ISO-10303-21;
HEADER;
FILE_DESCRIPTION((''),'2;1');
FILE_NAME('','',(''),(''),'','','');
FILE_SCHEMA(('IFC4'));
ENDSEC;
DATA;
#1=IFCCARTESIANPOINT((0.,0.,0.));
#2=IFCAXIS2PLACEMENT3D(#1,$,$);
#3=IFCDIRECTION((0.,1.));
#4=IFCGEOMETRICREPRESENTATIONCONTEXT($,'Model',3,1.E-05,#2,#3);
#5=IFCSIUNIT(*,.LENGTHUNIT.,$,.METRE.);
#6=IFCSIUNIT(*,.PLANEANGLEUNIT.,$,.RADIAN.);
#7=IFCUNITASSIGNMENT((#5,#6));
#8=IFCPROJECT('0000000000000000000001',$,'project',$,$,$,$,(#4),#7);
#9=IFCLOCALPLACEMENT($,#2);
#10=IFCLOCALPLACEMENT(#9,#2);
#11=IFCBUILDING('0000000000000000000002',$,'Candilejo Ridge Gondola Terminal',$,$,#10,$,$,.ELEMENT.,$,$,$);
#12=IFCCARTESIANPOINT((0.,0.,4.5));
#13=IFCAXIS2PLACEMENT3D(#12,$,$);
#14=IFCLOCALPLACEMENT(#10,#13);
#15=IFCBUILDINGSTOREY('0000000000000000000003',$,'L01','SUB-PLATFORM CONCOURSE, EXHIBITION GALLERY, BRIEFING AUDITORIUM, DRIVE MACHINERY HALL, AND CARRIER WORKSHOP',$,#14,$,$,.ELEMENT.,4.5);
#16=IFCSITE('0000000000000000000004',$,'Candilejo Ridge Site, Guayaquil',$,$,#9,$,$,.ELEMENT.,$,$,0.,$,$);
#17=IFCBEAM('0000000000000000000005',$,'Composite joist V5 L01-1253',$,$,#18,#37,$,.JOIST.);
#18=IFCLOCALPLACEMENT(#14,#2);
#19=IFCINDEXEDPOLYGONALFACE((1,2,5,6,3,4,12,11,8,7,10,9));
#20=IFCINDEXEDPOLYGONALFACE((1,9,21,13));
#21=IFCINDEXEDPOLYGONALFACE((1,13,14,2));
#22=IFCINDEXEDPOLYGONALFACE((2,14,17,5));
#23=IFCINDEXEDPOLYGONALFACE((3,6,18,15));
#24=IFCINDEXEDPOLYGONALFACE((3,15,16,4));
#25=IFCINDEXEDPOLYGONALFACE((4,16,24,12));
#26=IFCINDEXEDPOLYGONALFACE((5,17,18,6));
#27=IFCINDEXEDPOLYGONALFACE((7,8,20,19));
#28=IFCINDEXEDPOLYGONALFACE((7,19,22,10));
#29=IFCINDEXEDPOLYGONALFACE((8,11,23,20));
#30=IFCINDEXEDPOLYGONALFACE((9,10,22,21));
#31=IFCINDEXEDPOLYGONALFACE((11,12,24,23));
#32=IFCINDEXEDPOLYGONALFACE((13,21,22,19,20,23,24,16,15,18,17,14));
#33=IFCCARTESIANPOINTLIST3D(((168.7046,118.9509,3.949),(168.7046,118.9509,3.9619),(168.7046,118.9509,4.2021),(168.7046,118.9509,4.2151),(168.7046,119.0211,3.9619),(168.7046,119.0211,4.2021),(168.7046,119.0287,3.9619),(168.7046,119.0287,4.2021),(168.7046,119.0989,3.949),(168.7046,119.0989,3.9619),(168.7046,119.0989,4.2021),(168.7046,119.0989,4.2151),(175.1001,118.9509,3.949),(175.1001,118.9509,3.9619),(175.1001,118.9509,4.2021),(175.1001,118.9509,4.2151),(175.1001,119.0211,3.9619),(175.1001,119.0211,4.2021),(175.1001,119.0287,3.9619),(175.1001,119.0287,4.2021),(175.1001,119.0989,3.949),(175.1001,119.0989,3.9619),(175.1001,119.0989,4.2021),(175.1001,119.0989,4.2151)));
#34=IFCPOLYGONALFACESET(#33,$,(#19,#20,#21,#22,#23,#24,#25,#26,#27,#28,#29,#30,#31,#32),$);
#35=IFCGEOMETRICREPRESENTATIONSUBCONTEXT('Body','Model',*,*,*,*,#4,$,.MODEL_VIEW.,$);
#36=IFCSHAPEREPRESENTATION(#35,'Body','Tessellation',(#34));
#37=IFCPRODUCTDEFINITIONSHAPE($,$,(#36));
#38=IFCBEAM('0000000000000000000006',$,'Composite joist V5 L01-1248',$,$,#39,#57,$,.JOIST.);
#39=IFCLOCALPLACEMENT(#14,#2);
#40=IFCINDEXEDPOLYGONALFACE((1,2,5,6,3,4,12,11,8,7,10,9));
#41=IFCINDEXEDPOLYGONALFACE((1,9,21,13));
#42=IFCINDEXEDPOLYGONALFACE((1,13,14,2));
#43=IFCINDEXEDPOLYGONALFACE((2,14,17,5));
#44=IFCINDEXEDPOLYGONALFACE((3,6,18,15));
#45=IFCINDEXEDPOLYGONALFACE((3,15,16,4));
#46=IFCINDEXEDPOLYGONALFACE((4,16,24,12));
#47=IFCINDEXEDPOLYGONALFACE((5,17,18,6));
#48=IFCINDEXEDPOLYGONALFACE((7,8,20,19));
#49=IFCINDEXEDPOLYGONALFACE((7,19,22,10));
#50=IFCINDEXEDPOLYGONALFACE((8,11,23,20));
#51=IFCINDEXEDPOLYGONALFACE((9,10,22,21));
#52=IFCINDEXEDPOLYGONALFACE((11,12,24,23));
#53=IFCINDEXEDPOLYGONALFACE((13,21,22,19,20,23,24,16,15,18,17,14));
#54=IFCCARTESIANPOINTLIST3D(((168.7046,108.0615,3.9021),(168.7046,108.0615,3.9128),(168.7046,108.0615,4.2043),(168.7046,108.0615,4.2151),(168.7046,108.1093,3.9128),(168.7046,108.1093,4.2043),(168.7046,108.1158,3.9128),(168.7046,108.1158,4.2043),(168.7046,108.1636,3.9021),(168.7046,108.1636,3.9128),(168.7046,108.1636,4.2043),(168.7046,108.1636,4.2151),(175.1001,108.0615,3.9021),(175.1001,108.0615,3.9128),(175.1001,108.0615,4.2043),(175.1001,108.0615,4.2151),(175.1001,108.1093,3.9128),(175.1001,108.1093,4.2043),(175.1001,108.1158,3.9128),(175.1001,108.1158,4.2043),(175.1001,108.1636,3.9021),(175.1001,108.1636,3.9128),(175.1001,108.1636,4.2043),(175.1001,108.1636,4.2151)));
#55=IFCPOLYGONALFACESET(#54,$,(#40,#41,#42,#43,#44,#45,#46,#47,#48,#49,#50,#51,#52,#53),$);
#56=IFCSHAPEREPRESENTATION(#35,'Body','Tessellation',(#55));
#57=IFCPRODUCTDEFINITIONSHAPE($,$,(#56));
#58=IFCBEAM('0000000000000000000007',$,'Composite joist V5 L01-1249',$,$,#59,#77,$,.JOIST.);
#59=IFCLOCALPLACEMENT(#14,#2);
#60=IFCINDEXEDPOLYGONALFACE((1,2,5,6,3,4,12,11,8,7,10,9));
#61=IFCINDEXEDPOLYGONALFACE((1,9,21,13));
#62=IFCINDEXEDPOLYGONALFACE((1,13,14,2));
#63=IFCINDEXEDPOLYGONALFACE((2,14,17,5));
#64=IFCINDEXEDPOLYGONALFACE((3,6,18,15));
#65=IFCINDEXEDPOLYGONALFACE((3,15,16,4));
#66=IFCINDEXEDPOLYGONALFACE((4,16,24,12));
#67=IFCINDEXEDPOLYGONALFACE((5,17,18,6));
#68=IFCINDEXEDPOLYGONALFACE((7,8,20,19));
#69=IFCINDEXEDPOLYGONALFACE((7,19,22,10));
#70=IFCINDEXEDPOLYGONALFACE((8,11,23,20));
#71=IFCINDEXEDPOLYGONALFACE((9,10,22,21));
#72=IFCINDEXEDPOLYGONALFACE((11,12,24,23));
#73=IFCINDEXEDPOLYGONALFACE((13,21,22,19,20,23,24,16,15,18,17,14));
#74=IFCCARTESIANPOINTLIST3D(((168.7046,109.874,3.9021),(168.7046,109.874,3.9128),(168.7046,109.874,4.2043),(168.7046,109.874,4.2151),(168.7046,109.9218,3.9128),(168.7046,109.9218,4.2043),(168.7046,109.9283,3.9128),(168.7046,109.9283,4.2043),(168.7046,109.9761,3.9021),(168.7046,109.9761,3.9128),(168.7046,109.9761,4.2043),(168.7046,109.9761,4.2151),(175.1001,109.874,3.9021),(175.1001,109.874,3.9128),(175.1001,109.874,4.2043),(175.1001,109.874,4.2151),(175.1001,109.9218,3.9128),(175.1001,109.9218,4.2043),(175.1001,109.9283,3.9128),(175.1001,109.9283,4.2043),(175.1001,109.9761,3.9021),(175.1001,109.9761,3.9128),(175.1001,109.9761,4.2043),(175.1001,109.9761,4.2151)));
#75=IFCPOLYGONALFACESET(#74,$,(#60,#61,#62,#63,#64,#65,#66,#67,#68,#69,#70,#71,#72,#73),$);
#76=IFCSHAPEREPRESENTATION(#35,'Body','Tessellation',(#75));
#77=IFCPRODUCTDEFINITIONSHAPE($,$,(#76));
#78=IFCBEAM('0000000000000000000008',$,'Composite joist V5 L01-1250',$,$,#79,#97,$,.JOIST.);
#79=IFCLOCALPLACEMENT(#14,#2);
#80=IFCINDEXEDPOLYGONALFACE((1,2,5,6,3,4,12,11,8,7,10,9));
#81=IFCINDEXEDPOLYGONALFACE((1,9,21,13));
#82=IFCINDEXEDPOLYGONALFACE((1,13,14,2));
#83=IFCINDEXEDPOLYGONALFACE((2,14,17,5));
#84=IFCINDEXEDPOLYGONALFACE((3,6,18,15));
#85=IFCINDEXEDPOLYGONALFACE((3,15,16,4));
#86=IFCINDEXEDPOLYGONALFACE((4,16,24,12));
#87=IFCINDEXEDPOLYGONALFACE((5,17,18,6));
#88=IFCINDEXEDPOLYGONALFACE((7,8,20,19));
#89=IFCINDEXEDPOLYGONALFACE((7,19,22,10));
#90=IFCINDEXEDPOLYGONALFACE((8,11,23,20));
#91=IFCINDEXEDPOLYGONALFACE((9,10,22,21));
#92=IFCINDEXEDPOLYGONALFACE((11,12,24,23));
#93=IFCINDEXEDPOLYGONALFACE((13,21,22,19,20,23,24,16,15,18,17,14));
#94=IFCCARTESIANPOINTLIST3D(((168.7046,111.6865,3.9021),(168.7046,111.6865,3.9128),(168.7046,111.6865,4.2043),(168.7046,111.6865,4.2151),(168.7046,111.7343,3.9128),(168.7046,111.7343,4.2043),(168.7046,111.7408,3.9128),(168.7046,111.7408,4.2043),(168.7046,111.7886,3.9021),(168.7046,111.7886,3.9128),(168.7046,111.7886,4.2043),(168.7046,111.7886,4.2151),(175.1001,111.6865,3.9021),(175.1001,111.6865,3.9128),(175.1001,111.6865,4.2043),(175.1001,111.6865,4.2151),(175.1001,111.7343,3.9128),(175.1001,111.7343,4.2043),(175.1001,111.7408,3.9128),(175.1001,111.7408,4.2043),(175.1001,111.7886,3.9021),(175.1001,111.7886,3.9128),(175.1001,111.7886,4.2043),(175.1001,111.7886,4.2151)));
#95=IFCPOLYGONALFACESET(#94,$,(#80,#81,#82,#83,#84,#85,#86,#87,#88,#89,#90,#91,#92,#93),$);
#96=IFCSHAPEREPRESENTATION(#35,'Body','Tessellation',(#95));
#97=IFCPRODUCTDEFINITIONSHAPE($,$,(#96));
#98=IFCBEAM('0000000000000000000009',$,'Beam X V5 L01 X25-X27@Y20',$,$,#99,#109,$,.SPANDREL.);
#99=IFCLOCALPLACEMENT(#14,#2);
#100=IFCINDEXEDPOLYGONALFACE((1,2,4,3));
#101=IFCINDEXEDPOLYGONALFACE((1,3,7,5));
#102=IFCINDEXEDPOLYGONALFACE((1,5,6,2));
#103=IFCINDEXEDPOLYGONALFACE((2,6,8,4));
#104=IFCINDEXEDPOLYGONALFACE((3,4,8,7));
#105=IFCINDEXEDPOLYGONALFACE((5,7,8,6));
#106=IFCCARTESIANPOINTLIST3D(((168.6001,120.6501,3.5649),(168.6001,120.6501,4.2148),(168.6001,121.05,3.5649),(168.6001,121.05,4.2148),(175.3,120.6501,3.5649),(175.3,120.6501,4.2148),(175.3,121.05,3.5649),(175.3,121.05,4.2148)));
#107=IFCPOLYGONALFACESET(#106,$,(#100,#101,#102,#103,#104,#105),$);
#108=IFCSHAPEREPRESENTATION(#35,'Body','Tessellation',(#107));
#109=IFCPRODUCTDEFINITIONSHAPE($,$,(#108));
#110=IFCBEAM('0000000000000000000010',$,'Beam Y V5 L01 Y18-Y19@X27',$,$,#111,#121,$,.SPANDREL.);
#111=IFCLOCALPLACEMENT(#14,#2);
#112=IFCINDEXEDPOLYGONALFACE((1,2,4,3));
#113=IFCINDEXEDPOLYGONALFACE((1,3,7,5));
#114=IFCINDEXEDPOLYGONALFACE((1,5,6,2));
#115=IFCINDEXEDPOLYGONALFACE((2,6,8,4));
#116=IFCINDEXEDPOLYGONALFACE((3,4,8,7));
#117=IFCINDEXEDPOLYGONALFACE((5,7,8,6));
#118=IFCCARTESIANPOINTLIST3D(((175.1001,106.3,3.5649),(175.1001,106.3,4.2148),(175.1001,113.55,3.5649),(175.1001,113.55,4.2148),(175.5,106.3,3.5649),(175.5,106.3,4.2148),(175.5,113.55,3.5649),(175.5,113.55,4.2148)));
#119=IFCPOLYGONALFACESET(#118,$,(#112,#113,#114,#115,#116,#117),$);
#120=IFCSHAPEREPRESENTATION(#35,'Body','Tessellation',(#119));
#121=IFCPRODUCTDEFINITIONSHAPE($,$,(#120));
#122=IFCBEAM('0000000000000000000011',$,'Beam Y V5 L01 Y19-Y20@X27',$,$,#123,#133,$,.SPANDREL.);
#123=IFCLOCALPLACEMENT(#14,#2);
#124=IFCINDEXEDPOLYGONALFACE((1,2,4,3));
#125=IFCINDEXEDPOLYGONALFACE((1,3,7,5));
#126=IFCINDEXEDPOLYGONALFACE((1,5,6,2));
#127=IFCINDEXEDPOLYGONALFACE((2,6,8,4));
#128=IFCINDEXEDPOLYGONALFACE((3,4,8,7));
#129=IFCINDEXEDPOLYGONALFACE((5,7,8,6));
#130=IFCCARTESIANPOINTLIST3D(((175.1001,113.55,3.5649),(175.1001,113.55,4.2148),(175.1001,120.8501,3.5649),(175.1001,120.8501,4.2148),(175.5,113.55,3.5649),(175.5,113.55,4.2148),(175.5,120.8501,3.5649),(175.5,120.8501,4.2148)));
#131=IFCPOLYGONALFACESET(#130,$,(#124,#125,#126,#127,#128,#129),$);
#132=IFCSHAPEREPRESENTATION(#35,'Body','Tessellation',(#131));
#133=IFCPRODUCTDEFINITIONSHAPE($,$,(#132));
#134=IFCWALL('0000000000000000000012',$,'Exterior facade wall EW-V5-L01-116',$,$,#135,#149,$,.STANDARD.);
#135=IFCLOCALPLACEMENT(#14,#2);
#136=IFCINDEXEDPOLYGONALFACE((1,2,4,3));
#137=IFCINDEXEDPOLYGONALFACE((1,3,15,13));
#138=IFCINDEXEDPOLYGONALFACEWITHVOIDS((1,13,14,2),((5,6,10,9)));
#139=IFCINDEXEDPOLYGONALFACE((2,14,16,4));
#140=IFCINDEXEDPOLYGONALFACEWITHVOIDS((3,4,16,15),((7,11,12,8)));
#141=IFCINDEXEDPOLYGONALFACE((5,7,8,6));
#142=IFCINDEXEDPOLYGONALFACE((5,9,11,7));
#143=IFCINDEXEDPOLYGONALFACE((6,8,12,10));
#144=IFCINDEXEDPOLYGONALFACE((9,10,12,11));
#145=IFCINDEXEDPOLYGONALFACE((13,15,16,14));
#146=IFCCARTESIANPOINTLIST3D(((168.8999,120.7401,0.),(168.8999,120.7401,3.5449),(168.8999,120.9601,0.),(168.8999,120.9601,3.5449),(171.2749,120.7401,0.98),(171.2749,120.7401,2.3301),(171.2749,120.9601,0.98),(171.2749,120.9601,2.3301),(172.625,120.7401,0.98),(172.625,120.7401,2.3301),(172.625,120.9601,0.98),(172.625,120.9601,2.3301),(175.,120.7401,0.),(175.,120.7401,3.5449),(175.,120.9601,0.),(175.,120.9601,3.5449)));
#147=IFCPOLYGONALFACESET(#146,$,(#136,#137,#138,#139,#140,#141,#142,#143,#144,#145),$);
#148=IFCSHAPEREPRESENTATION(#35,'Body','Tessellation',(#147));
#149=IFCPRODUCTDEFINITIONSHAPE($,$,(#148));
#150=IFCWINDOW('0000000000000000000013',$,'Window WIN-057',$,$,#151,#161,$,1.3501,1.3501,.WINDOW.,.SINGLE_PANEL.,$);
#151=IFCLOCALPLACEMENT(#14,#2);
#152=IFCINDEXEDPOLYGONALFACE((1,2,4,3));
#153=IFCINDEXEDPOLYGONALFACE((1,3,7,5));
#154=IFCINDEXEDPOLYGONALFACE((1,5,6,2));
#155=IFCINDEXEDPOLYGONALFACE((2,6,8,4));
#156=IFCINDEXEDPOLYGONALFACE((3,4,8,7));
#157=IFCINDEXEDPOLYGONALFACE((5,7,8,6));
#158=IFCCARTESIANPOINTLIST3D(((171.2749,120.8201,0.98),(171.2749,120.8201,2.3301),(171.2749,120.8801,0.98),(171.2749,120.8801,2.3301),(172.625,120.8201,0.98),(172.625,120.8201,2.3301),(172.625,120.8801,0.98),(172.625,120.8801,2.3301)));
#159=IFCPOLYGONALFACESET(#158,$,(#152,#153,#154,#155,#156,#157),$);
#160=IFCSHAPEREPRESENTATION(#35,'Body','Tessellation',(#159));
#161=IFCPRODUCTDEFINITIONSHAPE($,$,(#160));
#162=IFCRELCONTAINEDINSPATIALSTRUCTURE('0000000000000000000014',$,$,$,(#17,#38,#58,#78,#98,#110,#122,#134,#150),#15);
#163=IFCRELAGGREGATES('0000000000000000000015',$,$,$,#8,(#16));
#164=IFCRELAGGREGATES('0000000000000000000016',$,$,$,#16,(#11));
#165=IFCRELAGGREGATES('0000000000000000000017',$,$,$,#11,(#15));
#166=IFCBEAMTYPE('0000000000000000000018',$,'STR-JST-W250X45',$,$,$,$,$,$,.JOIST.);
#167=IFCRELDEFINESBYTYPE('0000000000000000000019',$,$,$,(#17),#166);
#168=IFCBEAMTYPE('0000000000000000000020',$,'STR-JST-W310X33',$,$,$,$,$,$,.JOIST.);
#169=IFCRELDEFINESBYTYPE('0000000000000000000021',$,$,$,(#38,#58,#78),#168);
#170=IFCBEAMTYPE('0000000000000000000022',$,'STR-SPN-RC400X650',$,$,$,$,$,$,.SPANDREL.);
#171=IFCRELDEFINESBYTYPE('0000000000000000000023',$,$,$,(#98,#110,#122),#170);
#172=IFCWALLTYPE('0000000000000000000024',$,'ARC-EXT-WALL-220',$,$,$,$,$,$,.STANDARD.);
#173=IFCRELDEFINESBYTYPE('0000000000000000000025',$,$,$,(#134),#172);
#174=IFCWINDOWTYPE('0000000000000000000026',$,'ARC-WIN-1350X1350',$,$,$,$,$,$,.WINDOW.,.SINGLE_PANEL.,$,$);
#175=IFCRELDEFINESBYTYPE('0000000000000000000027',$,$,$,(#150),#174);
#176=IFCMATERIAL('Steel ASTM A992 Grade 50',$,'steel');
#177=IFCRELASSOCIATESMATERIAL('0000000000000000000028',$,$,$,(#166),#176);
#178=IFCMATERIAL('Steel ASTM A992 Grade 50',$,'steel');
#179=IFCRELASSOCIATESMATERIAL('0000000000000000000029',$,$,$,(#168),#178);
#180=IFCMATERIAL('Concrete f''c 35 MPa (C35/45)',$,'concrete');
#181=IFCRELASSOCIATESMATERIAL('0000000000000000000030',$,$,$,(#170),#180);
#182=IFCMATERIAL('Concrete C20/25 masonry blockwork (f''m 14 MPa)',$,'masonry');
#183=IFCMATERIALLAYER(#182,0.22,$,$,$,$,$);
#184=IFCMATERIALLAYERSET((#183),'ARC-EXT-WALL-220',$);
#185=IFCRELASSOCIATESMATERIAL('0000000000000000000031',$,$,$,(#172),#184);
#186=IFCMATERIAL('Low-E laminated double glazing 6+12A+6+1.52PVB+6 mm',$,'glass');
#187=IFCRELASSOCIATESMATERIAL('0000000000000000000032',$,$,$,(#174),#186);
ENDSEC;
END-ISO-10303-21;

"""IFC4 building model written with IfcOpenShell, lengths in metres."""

from ifc_helpers import new_model, si_unit, direction, frame, frame_2d, origin, origin_2d, place, context, subcontext, project, spatial, rectangle, i_section, extrude, material, layer, layer_set, material_profile, profile_set, type_object, element, fill, save


model = new_model("IFC4")

# Units and contexts
model_context = context("Model", 3, precision=1e-05, world=origin(), true_north=direction((0.0, 1.0)))
body_context = subcontext(model_context, "Body", "Model", "MODEL_VIEW")
ifc_project = project(units=[si_unit("LENGTHUNIT", "METRE"), si_unit("PLANEANGLEUNIT", "RADIAN")], contexts=[model_context])

# Site, building, storey
site_placement = place(None, origin())
site = spatial("IfcSite", under=ifc_project, at=site_placement, Name="Candilejo Ridge Site, Guayaquil", CompositionType="ELEMENT", RefElevation=0.0)
building_placement = place(site_placement, origin())
building = spatial("IfcBuilding", under=site, at=building_placement, Name="Candilejo Ridge Gondola Terminal", CompositionType="ELEMENT")
storey_placement = place(building_placement, frame((0.0, 0.0, 4.5)))
storey = spatial("IfcBuildingStorey", under=building, at=storey_placement, Name="L01", Description="SUB-PLATFORM CONCOURSE, EXHIBITION GALLERY, BRIEFING AUDITORIUM, DRIVE MACHINERY HALL, AND CARRIER WORKSHOP", CompositionType="ELEMENT", Elevation=4.5)

# Beams
ifc_material_1 = material(Name="Steel ASTM A992 Grade 50", Category="steel")
ifc_material_profile_1 = material_profile(ifc_material_1, i_section(OverallWidth=0.1479, OverallDepth=0.2661, WebThickness=0.0076, FlangeThickness=0.0129, at=origin_2d()))
ifc_profile_set_1 = profile_set([ifc_material_profile_1], Name="Steel ASTM A992 Grade 50")
beam_type_1 = type_object("IfcBeamType", Name="STR-JST-W250X45", PredefinedType="JOIST", material=ifc_profile_set_1)
for number, where, z_axis, x_axis, name in (
    (1, (168.7046, 119.0249, 4.082), (1.0, 0.0, 0.0), (0.0, 1.0, 0.0), "Composite joist V5 L01-1253"),
):
    element("IfcBeam", number, at=place(storey_placement, frame(where, z_axis=z_axis, x_axis=x_axis)), inside=storey, type_object=beam_type_1, Name=name, PredefinedType="JOIST", context=body_context, shape_type="SweptSolid", body=[
        extrude(i_section(OverallWidth=0.1479, OverallDepth=0.2661, WebThickness=0.0076, FlangeThickness=0.0129, at=origin_2d()), origin(), (0.0, 0.0, 1.0), 6.3955),
    ])
ifc_material_2 = material(Name="Steel ASTM A992 Grade 50", Category="steel")
ifc_material_profile_2 = material_profile(ifc_material_2, i_section(OverallWidth=0.1021, OverallDepth=0.313, WebThickness=0.0066, FlangeThickness=0.0107, at=origin_2d()))
ifc_profile_set_2 = profile_set([ifc_material_profile_2], Name="Steel ASTM A992 Grade 50")
beam_type_2 = type_object("IfcBeamType", Name="STR-JST-W310X33", PredefinedType="JOIST", material=ifc_profile_set_2)
for number, where, z_axis, x_axis, name in (
    (2, (168.7046, 108.1125, 4.0586), (1.0, 0.0, 0.0), (0.0, 1.0, 0.0), "Composite joist V5 L01-1248"),
    (3, (168.7046, 109.925, 4.0586), (1.0, 0.0, 0.0), (0.0, 1.0, 0.0), "Composite joist V5 L01-1249"),
    (4, (168.7046, 111.7375, 4.0586), (1.0, 0.0, 0.0), (0.0, 1.0, 0.0), "Composite joist V5 L01-1250"),
):
    element("IfcBeam", number, at=place(storey_placement, frame(where, z_axis=z_axis, x_axis=x_axis)), inside=storey, type_object=beam_type_2, Name=name, PredefinedType="JOIST", context=body_context, shape_type="SweptSolid", body=[
        extrude(i_section(OverallWidth=0.1021, OverallDepth=0.313, WebThickness=0.0066, FlangeThickness=0.0107, at=origin_2d()), origin(), (0.0, 0.0, 1.0), 6.3955),
    ])
ifc_material_3 = material(Name="Concrete f'c 35 MPa (C35/45)", Category="concrete")
ifc_material_profile_3 = material_profile(ifc_material_3, rectangle(XDim=0.3999, YDim=0.6499, at=origin_2d()))
ifc_profile_set_3 = profile_set([ifc_material_profile_3], Name="Concrete f'c 35 MPa (C35/45)")
beam_type_3 = type_object("IfcBeamType", Name="STR-SPN-RC400X650", PredefinedType="SPANDREL", material=ifc_profile_set_3)
beam_1_placement = place(storey_placement, frame((168.6001, 120.8501, 3.8899), z_axis=(1.0, 0.0, 0.0), x_axis=(0.0, 1.0, 0.0)))
element("IfcBeam", 5, at=beam_1_placement, inside=storey, type_object=beam_type_3, Name="Beam X V5 L01 X25-X27@Y20", PredefinedType="SPANDREL", context=body_context, shape_type="SweptSolid", body=[
    extrude(rectangle(XDim=0.3999, YDim=0.6499, at=origin_2d()), origin(), (0.0, 0.0, 1.0), 6.7),
])
beam_2_placement = place(storey_placement, frame((175.3, 106.3, 3.8899), z_axis=(0.0, 1.0, 0.0), x_axis=(-1.0, 0.0, 0.0)))
element("IfcBeam", 6, at=beam_2_placement, inside=storey, type_object=beam_type_3, Name="Beam Y V5 L01 Y18-Y19@X27", PredefinedType="SPANDREL", context=body_context, shape_type="SweptSolid", body=[
    extrude(rectangle(XDim=0.3999, YDim=0.6499, at=origin_2d()), origin(), (0.0, 0.0, 1.0), 7.25),
])
beam_3_placement = place(storey_placement, frame((175.3, 113.55, 3.8899), z_axis=(0.0, 1.0, 0.0), x_axis=(-1.0, 0.0, 0.0)))
element("IfcBeam", 7, at=beam_3_placement, inside=storey, type_object=beam_type_3, Name="Beam Y V5 L01 Y19-Y20@X27", PredefinedType="SPANDREL", context=body_context, shape_type="SweptSolid", body=[
    extrude(rectangle(XDim=0.3999, YDim=0.6499, at=origin_2d()), origin(), (0.0, 0.0, 1.0), 7.3),
])

# Wall, opening, window
ifc_material_4 = material(Name="Concrete C20/25 masonry blockwork (f'm 14 MPa)", Category="masonry")
ifc_layer_1 = layer(ifc_material_4, 0.22)
ifc_layer_set_1 = layer_set([ifc_layer_1], Name="ARC-EXT-WALL-220")
wall_type_1 = type_object("IfcWallType", Name="ARC-EXT-WALL-220", PredefinedType="STANDARD", material=ifc_layer_set_1)
wall_1_placement = place(storey_placement, frame((168.8999, 120.8501, 0.0), z_axis=(0.0, 0.0, 1.0), x_axis=(1.0, 0.0, 0.0)))
wall_1 = element("IfcWall", 8, at=wall_1_placement, inside=storey, type_object=wall_type_1, Name="Exterior facade wall EW-V5-L01-116", PredefinedType="STANDARD", context=body_context, shape_type="SweptSolid", body=[
    extrude(rectangle(XDim=6.1001, YDim=0.22, at=frame_2d((3.05, 0.0))), origin(), (0.0, 0.0, 1.0), 3.5449),
])
opening_1_placement = place(wall_1_placement, frame((2.375, 0.0, 0.98)))
opening_1 = element("IfcOpeningElement", 9, at=opening_1_placement, cuts=wall_1, PredefinedType="OPENING", context=body_context, shape_type="SweptSolid", body=[
    extrude(rectangle(XDim=1.3501, YDim=1.3501, at=frame_2d((0.675, 0.675))), frame((0.0, 0.1199, 0.0), z_axis=(0.0, -1.0, 0.0), x_axis=(1.0, 0.0, 0.0)), (0.0, 0.0, 1.0), 0.24),
])
ifc_material_5 = material(Name="Low-E laminated double glazing 6+12A+6+1.52PVB+6 mm", Category="glass")
window_type_1 = type_object("IfcWindowType", Name="ARC-WIN-1350X1350", PartitioningType="SINGLE_PANEL", PredefinedType="WINDOW", material=ifc_material_5)
window_1_placement = place(opening_1_placement, origin())
window_1 = element("IfcWindow", 10, at=window_1_placement, inside=storey, type_object=window_type_1, Name="Window WIN-057", OverallHeight=1.3501, OverallWidth=1.3501, PartitioningType="SINGLE_PANEL", PredefinedType="WINDOW", context=body_context, shape_type="SweptSolid", body=[
    extrude(rectangle(XDim=1.3501, YDim=1.3501, at=frame_2d((0.675, 0.675))), frame((0.0, 0.03, 0.0), z_axis=(0.0, -1.0, 0.0), x_axis=(1.0, 0.0, 0.0)), (0.0, 0.0, 1.0), 0.0601),
])
fill(opening_1, window_1)

save(model, "model.ifc")
